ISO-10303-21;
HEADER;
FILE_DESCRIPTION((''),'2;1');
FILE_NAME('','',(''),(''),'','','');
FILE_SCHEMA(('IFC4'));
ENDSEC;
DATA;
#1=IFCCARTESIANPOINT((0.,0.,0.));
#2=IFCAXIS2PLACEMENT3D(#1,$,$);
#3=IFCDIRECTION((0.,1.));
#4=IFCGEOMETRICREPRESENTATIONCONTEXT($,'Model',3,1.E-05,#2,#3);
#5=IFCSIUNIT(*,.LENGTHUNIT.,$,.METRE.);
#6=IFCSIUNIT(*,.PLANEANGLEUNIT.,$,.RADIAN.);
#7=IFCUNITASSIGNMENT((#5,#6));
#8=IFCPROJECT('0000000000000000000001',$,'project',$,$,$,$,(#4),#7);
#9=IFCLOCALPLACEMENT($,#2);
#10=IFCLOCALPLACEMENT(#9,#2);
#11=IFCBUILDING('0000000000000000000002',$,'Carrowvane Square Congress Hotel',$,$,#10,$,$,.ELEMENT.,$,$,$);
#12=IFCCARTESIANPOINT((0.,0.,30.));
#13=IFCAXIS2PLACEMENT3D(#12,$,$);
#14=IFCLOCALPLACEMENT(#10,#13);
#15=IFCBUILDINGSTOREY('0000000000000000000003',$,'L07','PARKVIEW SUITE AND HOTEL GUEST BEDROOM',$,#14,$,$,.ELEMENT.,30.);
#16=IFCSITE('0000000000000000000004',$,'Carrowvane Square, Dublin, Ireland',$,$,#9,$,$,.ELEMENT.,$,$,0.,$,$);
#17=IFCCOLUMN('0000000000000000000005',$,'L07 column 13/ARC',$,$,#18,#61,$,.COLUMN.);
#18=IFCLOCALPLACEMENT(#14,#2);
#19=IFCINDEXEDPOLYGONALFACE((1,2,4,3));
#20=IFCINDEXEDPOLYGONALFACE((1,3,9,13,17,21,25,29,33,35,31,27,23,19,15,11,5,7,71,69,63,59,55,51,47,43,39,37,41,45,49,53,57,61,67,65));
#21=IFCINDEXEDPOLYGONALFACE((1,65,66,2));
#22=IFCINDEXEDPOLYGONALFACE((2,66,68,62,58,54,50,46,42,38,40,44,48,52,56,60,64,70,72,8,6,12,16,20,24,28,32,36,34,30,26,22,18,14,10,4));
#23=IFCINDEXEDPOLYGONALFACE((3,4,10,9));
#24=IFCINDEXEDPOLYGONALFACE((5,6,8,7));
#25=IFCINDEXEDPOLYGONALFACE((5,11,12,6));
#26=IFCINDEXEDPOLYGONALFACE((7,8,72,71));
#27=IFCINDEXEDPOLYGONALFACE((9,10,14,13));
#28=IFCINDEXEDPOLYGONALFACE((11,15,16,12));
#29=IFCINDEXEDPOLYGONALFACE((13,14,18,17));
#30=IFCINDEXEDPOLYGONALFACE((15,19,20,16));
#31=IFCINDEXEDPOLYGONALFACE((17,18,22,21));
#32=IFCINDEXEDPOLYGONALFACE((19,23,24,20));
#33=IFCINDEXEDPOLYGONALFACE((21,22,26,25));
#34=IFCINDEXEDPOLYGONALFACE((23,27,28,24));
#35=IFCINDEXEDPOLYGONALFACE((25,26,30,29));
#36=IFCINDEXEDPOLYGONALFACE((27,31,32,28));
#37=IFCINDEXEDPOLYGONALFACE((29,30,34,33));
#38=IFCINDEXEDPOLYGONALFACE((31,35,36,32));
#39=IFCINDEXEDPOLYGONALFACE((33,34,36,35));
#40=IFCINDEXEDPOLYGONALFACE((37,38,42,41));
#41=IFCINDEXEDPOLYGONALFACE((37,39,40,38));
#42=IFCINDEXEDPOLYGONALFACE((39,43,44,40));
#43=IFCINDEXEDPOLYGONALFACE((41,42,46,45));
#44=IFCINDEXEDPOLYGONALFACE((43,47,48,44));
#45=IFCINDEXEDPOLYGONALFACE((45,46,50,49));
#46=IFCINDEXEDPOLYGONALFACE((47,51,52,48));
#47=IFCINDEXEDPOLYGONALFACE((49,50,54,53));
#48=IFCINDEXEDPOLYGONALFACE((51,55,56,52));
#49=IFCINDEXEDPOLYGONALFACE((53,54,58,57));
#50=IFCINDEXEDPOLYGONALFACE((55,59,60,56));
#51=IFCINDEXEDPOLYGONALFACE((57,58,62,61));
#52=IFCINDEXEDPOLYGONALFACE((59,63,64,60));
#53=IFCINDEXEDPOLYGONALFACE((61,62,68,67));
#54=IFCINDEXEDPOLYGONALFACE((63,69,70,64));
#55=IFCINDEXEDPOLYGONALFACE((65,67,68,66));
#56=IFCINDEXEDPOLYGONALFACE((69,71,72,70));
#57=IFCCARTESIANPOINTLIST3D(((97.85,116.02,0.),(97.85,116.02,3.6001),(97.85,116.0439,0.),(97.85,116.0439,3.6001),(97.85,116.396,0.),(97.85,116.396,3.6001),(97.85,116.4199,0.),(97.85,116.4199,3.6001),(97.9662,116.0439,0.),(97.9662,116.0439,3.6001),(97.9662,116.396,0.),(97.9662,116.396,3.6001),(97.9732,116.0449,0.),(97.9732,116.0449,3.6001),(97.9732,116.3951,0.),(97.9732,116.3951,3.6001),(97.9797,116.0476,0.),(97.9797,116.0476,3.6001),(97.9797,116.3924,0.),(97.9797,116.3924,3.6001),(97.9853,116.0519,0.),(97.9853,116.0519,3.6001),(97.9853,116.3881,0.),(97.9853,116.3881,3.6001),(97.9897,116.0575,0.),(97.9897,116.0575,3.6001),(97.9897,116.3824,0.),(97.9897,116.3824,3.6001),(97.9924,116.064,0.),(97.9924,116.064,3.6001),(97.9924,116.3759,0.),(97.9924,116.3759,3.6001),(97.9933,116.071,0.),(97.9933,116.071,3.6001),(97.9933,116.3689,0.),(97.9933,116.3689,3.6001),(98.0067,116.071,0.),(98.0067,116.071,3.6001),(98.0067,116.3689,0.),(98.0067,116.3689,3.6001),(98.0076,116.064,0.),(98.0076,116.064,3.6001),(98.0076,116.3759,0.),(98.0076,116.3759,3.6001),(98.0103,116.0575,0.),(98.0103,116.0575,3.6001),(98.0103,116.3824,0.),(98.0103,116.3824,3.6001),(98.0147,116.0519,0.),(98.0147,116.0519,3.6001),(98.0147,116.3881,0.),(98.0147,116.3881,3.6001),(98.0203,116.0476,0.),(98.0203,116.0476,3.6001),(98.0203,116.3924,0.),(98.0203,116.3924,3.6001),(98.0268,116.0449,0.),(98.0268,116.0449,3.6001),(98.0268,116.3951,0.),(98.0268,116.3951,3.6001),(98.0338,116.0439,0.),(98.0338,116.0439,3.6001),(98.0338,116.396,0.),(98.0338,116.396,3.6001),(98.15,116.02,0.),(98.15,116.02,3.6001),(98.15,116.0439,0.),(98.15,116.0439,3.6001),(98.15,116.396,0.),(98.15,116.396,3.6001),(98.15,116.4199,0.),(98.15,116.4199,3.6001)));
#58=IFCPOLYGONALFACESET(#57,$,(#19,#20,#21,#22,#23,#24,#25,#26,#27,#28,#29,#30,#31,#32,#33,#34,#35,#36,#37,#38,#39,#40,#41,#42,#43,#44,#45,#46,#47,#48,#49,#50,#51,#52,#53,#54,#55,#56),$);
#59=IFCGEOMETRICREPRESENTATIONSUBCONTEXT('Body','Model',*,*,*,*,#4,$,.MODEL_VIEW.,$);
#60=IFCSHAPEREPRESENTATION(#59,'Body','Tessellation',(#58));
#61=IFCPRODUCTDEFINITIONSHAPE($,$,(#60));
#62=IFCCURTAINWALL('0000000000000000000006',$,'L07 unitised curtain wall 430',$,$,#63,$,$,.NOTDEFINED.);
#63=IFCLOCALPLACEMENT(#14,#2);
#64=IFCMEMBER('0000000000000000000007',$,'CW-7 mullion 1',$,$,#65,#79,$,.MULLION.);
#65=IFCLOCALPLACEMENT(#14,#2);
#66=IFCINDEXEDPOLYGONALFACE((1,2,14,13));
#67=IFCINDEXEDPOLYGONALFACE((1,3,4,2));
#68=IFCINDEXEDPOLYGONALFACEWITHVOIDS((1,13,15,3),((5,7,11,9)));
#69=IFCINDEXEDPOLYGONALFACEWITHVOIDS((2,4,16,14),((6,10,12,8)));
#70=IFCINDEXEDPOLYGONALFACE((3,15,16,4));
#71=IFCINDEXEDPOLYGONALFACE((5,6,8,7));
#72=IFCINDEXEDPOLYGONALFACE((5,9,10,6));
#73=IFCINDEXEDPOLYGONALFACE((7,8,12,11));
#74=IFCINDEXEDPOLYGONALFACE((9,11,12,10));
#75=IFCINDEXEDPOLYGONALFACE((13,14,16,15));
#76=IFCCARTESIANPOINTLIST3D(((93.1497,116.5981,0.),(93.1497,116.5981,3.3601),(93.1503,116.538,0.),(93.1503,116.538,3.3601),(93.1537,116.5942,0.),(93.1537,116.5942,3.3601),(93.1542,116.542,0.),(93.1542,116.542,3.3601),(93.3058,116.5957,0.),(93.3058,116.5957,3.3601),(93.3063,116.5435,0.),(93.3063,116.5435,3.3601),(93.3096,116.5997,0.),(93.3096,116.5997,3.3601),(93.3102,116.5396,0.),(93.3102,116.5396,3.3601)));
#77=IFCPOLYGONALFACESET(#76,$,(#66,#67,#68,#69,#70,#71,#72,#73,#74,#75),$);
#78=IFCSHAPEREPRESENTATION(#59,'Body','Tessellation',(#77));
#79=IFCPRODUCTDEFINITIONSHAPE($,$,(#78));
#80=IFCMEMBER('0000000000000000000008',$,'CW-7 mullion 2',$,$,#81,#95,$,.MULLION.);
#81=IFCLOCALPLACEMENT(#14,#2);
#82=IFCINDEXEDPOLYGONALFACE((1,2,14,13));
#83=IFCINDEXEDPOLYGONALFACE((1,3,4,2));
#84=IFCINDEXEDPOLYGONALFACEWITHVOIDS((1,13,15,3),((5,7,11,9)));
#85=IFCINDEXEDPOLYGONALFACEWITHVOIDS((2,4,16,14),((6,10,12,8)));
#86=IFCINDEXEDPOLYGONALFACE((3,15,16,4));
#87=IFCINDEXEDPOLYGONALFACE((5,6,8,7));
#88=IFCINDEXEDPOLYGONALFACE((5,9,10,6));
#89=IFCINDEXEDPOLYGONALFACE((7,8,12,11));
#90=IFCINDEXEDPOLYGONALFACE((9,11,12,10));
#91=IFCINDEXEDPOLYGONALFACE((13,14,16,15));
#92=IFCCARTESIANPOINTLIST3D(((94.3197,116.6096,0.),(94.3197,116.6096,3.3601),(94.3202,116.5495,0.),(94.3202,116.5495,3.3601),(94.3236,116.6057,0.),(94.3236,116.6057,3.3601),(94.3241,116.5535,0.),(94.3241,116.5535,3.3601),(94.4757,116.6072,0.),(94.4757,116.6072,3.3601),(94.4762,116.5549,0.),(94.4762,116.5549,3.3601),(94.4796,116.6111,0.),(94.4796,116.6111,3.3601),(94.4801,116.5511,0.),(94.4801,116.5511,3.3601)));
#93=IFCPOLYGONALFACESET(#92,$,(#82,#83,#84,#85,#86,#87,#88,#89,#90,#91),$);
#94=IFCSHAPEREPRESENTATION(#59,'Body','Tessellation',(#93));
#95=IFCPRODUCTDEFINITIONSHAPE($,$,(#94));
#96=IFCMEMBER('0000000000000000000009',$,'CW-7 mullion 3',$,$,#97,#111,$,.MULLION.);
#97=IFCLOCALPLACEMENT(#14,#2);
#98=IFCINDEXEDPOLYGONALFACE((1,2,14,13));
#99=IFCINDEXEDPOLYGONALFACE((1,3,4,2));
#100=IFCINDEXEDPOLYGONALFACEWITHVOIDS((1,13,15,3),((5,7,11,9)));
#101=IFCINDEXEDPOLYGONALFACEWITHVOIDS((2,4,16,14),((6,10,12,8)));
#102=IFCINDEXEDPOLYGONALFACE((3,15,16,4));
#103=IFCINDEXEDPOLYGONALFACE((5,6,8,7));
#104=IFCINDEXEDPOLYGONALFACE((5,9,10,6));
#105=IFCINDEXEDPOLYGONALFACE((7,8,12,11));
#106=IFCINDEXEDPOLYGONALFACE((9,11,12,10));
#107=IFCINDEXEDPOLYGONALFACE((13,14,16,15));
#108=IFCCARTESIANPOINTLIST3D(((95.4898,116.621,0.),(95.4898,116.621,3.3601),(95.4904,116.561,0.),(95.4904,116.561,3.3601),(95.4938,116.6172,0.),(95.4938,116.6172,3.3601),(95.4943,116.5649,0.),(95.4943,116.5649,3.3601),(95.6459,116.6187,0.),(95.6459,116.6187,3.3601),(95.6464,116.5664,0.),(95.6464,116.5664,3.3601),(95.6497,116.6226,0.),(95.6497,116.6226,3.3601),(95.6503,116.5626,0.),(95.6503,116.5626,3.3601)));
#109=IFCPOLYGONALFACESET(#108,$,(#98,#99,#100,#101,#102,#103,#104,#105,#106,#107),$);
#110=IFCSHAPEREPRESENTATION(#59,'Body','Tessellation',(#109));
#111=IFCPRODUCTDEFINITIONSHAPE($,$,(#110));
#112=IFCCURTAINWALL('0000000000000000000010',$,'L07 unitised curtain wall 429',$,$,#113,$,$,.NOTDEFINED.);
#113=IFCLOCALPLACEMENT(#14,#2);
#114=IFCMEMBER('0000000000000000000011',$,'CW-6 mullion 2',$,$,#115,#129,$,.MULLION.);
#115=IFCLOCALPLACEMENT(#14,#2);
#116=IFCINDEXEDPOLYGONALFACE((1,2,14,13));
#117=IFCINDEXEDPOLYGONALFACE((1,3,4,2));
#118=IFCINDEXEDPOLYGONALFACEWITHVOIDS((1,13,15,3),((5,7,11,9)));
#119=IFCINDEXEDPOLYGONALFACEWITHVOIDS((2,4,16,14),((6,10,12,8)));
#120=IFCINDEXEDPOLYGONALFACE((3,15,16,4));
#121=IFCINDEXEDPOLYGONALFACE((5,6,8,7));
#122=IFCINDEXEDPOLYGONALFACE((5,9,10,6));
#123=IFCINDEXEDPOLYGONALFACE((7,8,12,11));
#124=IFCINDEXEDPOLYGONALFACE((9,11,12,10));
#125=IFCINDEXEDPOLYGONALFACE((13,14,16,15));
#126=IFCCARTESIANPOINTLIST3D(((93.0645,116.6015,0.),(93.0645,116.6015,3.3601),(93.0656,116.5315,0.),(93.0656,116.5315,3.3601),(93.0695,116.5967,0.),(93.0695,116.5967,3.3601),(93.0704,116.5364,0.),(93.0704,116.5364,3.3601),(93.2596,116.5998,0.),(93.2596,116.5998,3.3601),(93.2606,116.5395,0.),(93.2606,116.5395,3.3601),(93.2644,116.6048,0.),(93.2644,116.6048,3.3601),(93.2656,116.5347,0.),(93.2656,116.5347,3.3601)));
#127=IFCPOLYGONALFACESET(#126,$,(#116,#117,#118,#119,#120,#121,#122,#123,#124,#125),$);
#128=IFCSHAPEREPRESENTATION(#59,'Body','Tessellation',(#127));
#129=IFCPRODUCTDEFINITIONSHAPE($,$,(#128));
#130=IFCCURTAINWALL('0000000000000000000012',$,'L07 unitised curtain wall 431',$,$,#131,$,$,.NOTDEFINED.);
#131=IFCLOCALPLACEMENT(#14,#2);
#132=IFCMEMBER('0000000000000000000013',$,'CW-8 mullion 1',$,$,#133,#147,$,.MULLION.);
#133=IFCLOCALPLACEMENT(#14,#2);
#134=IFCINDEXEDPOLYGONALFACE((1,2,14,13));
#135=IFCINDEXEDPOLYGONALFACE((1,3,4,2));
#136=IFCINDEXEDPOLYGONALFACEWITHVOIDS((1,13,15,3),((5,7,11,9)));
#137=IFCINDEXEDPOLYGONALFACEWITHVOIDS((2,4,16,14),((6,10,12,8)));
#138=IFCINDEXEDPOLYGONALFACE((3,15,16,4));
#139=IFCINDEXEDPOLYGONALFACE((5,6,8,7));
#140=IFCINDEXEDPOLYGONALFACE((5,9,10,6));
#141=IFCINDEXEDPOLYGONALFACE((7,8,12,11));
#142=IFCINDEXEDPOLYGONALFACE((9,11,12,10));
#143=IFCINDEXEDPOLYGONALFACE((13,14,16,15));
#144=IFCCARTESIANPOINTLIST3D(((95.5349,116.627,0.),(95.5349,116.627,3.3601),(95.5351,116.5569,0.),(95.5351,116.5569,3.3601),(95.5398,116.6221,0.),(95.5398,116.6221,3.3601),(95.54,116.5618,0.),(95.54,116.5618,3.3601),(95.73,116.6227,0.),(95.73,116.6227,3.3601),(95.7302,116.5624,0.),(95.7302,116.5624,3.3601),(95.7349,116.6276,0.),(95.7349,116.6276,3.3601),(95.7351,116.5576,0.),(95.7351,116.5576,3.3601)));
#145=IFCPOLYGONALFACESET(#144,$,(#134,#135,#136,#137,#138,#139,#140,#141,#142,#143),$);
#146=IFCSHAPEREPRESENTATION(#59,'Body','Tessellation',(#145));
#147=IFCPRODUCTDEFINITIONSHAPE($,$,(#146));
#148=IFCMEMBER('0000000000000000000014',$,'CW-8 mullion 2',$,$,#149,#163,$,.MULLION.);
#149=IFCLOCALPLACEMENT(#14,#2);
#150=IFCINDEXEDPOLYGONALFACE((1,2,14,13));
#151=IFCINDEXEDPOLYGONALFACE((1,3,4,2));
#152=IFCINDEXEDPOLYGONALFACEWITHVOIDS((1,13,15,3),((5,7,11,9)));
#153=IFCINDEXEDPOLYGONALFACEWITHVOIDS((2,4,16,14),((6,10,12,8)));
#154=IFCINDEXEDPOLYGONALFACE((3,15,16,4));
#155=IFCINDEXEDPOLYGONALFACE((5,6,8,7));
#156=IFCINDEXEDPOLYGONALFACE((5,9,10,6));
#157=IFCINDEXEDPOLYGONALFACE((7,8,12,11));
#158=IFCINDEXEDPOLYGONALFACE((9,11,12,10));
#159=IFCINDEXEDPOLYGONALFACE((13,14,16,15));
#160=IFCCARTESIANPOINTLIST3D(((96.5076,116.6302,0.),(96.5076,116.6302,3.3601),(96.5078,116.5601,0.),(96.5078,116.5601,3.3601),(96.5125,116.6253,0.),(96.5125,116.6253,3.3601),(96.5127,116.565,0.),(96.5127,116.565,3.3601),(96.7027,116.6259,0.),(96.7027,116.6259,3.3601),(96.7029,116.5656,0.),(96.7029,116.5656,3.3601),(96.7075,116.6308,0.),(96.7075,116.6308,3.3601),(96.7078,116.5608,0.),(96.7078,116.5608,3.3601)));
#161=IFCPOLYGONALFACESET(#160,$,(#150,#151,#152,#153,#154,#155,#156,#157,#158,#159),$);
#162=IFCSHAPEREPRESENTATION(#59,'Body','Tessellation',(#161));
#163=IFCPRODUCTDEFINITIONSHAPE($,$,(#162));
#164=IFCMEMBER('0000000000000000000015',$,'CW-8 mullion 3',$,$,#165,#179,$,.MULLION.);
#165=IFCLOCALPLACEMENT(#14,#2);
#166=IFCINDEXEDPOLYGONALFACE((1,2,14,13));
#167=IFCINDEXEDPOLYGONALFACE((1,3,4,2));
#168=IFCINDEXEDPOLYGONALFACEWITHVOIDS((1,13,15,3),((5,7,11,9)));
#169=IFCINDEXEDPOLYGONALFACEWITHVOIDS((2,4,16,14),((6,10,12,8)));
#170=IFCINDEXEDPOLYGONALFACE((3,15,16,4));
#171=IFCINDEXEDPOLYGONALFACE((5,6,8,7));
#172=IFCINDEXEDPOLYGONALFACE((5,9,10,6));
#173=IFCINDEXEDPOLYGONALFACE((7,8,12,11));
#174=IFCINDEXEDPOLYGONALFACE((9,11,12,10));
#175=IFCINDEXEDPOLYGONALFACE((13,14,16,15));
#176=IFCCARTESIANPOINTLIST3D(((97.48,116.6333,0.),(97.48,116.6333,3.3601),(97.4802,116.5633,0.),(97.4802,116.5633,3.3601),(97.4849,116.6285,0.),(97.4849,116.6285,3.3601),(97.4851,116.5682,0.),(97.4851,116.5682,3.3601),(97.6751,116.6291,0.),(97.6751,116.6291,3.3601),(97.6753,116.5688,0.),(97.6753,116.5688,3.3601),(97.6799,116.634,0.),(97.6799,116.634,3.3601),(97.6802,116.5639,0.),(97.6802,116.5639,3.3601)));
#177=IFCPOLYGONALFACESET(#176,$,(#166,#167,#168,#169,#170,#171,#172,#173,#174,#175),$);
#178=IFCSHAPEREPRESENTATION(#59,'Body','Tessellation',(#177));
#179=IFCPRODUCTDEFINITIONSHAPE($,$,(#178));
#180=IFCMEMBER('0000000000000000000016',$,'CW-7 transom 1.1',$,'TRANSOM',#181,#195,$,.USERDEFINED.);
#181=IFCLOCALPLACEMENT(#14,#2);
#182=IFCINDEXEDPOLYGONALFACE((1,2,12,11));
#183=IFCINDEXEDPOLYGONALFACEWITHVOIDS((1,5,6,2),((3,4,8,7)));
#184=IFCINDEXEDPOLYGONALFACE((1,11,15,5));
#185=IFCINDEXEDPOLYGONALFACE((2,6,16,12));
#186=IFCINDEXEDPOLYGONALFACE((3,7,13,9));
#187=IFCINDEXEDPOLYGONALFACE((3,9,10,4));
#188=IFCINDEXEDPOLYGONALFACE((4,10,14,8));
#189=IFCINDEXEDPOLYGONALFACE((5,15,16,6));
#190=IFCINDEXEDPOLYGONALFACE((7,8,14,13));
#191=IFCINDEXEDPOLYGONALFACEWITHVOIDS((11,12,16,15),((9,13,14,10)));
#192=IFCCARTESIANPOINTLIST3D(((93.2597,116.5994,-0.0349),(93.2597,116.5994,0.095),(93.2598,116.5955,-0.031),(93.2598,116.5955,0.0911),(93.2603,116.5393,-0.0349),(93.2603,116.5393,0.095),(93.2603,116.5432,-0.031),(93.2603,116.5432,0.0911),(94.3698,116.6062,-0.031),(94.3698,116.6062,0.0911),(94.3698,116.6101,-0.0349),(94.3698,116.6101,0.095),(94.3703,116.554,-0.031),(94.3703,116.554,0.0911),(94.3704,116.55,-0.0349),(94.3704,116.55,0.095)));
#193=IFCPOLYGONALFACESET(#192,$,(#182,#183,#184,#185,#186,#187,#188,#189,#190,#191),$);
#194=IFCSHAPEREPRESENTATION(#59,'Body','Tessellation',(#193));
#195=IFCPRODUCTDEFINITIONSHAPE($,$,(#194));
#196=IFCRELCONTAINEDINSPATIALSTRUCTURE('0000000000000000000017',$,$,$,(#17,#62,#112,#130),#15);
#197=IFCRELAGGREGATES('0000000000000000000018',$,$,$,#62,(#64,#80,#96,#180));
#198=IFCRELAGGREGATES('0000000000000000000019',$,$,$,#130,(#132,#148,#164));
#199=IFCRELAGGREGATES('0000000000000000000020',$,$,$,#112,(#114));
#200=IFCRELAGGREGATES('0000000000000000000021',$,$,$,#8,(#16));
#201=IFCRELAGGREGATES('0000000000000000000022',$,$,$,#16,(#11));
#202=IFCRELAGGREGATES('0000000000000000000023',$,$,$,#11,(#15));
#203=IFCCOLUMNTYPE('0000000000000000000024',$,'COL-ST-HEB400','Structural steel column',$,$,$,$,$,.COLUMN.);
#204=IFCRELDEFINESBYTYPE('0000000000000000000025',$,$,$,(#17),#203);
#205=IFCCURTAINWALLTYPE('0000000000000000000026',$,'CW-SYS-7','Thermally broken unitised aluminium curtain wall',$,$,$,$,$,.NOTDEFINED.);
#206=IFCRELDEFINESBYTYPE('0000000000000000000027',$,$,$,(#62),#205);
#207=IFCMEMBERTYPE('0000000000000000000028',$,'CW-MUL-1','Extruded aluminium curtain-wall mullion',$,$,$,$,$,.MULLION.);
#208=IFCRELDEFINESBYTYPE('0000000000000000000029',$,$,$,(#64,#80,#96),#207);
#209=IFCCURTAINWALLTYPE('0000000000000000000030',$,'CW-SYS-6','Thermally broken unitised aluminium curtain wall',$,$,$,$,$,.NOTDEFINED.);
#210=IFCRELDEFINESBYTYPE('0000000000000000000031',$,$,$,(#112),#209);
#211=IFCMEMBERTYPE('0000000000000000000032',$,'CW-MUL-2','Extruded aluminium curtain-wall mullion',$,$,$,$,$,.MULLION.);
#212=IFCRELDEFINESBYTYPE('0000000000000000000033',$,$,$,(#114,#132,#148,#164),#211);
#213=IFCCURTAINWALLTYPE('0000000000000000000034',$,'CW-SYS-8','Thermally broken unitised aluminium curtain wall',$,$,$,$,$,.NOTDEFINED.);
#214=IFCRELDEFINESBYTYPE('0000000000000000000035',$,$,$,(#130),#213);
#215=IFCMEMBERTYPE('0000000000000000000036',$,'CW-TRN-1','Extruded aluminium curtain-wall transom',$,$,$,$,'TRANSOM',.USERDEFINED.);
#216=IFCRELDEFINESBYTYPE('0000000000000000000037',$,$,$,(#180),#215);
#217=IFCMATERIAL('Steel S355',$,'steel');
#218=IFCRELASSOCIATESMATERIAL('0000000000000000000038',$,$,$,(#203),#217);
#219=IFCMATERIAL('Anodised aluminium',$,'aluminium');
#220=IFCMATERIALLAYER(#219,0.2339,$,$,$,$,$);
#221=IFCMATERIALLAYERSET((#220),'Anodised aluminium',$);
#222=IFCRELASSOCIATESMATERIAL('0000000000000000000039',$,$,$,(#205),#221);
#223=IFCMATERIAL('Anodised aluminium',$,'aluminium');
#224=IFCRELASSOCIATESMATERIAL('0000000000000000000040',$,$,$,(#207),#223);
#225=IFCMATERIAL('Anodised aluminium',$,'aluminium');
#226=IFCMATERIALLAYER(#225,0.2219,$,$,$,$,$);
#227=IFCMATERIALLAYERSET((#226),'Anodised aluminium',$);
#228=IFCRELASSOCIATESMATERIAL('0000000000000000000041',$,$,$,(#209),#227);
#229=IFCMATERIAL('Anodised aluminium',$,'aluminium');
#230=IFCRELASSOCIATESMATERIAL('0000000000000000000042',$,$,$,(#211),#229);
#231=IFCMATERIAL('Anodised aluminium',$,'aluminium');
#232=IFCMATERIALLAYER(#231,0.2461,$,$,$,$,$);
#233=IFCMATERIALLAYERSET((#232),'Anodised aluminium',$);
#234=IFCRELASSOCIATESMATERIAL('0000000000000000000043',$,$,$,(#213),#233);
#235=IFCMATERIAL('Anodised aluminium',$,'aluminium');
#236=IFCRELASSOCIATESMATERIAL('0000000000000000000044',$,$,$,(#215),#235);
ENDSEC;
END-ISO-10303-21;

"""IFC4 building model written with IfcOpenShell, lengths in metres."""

from ifc_helpers import new_model, si_unit, direction, frame, origin, origin_2d, place, context, subcontext, project, spatial, hollow_rectangle, i_section, extrude, material, layer, layer_set, material_profile, profile_set, type_object, element, aggregate, save


model = new_model("IFC4")

# Units and contexts
model_context = context("Model", 3, precision=1e-05, world=origin(), true_north=direction((0.0, 1.0)))
body_context = subcontext(model_context, "Body", "Model", "MODEL_VIEW")
ifc_project = project(units=[si_unit("LENGTHUNIT", "METRE"), si_unit("PLANEANGLEUNIT", "RADIAN")], contexts=[model_context])

# Site, building, storey
site_placement = place(None, origin())
site = spatial("IfcSite", under=ifc_project, at=site_placement, Name="Carrowvane Square, Dublin, Ireland", CompositionType="ELEMENT", RefElevation=0.0)
building_placement = place(site_placement, origin())
building = spatial("IfcBuilding", under=site, at=building_placement, Name="Carrowvane Square Congress Hotel", CompositionType="ELEMENT")
storey_placement = place(building_placement, frame((0.0, 0.0, 30.0)))
storey = spatial("IfcBuildingStorey", under=building, at=storey_placement, Name="L07", Description="PARKVIEW SUITE AND HOTEL GUEST BEDROOM", CompositionType="ELEMENT", Elevation=30.0)

# Column
ifc_material_1 = material(Name="Steel S355", Category="steel")
ifc_material_profile_1 = material_profile(ifc_material_1, i_section(OverallWidth=0.3, OverallDepth=0.3999, WebThickness=0.0134, FlangeThickness=0.0239, FilletRadius=0.0271, at=origin_2d()), Name="HEB 400")
ifc_profile_set_1 = profile_set([ifc_material_profile_1], Name="Steel S355")
column_type = type_object("IfcColumnType", Name="COL-ST-HEB400", Description="Structural steel column", PredefinedType="COLUMN", material=ifc_profile_set_1)
column_placement = place(storey_placement, frame((98.0, 116.22, 0.0), z_axis=(0.0, 0.0, 1.0), x_axis=(1.0, 0.0, 0.0)))
element("IfcColumn", 1, at=column_placement, inside=storey, type_object=column_type, Name="L07 column 13/ARC", PredefinedType="COLUMN", context=body_context, shape_type="SweptSolid", body=[
    extrude(i_section(OverallWidth=0.3, OverallDepth=0.3999, WebThickness=0.0134, FlangeThickness=0.0239, FilletRadius=0.0271, at=origin_2d()), origin(), (0.0, 0.0, 1.0), 3.6001),
])

# Curtain wall, members
ifc_material_2 = material(Name="Anodised aluminium", Category="aluminium")
ifc_layer_1 = layer(ifc_material_2, 0.2339)
ifc_layer_set_1 = layer_set([ifc_layer_1], Name="Anodised aluminium")
curtain_wall_type_1 = type_object("IfcCurtainWallType", Name="CW-SYS-7", Description="Thermally broken unitised aluminium curtain wall", PredefinedType="NOTDEFINED", material=ifc_layer_set_1)
curtain_wall_1_placement = place(storey_placement, origin())
curtain_wall_1 = element("IfcCurtainWall", 2, at=curtain_wall_1_placement, inside=storey, type_object=curtain_wall_type_1, Name="L07 unitised curtain wall 430", PredefinedType="NOTDEFINED")
ifc_material_3 = material(Name="Anodised aluminium", Category="aluminium")
ifc_material_profile_2 = material_profile(ifc_material_3, hollow_rectangle(XDim=0.0601, YDim=0.1599, WallThickness=0.0039, at=origin_2d()), Name="CW-ML 60x160x4")
ifc_profile_set_2 = profile_set([ifc_material_profile_2], Name="Anodised aluminium")
member_type_1 = type_object("IfcMemberType", Name="CW-MUL-1", Description="Extruded aluminium curtain-wall mullion", PredefinedType="MULLION", material=ifc_profile_set_2)
member_1_placement = place(storey_placement, frame((93.23, 116.5688, 0.0), z_axis=(0.0, 0.0, 1.0), x_axis=(-0.009783, 0.999952, 0.0)))
member_1 = element("IfcMember", 3, at=member_1_placement, type_object=member_type_1, Name="CW-7 mullion 1", PredefinedType="MULLION", context=body_context, shape_type="SweptSolid", body=[
    extrude(hollow_rectangle(XDim=0.0601, YDim=0.1599, WallThickness=0.0039, at=origin_2d()), origin(), (0.0, 0.0, 1.0), 3.3601),
])
member_2_placement = place(storey_placement, frame((94.3999, 116.5803, 0.0), z_axis=(0.0, 0.0, 1.0), x_axis=(-0.009783, 0.999952, 0.0)))
member_2 = element("IfcMember", 4, at=member_2_placement, type_object=member_type_1, Name="CW-7 mullion 2", PredefinedType="MULLION", context=body_context, shape_type="SweptSolid", body=[
    extrude(hollow_rectangle(XDim=0.0601, YDim=0.1599, WallThickness=0.0039, at=origin_2d()), origin(), (0.0, 0.0, 1.0), 3.3601),
])
member_3_placement = place(storey_placement, frame((95.5701, 116.5918, 0.0), z_axis=(0.0, 0.0, 1.0), x_axis=(-0.009783, 0.999952, 0.0)))
member_3 = element("IfcMember", 5, at=member_3_placement, type_object=member_type_1, Name="CW-7 mullion 3", PredefinedType="MULLION", context=body_context, shape_type="SweptSolid", body=[
    extrude(hollow_rectangle(XDim=0.0601, YDim=0.1599, WallThickness=0.0039, at=origin_2d()), origin(), (0.0, 0.0, 1.0), 3.3601),
])

# Curtain wall, member
ifc_material_4 = material(Name="Anodised aluminium", Category="aluminium")
ifc_layer_2 = layer(ifc_material_4, 0.2219)
ifc_layer_set_2 = layer_set([ifc_layer_2], Name="Anodised aluminium")
curtain_wall_type_2 = type_object("IfcCurtainWallType", Name="CW-SYS-6", Description="Thermally broken unitised aluminium curtain wall", PredefinedType="NOTDEFINED", material=ifc_layer_set_2)
curtain_wall_2_placement = place(storey_placement, origin())
curtain_wall_2 = element("IfcCurtainWall", 6, at=curtain_wall_2_placement, inside=storey, type_object=curtain_wall_type_2, Name="L07 unitised curtain wall 429", PredefinedType="NOTDEFINED")
ifc_material_5 = material(Name="Anodised aluminium", Category="aluminium")
ifc_material_profile_3 = material_profile(ifc_material_5, hollow_rectangle(XDim=0.0701, YDim=0.2, WallThickness=0.0049, at=origin_2d()), Name="CW-ML 70x200x5")
ifc_profile_set_3 = profile_set([ifc_material_profile_3], Name="Anodised aluminium")
member_type_2 = type_object("IfcMemberType", Name="CW-MUL-2", Description="Extruded aluminium curtain-wall mullion", PredefinedType="MULLION", material=ifc_profile_set_3)
member_4_placement = place(storey_placement, frame((93.165, 116.5681, 0.0), z_axis=(0.0, 0.0, 1.0), x_axis=(-0.016216, 0.999869, 0.0)))
member_4 = element("IfcMember", 7, at=member_4_placement, type_object=member_type_2, Name="CW-6 mullion 2", PredefinedType="MULLION", context=body_context, shape_type="SweptSolid", body=[
    extrude(hollow_rectangle(XDim=0.0701, YDim=0.2, WallThickness=0.0049, at=origin_2d()), origin(), (0.0, 0.0, 1.0), 3.3601),
])

# Curtain wall, members
ifc_material_6 = material(Name="Anodised aluminium", Category="aluminium")
ifc_layer_3 = layer(ifc_material_6, 0.2461)
ifc_layer_set_3 = layer_set([ifc_layer_3], Name="Anodised aluminium")
curtain_wall_type_3 = type_object("IfcCurtainWallType", Name="CW-SYS-8", Description="Thermally broken unitised aluminium curtain wall", PredefinedType="NOTDEFINED", material=ifc_layer_set_3)
curtain_wall_3_placement = place(storey_placement, origin())
curtain_wall_3 = element("IfcCurtainWall", 8, at=curtain_wall_3_placement, inside=storey, type_object=curtain_wall_type_3, Name="L07 unitised curtain wall 431", PredefinedType="NOTDEFINED")
member_5_placement = place(storey_placement, frame((95.635, 116.5923, 0.0), z_axis=(0.0, 0.0, 1.0), x_axis=(-0.00327, 0.999995, 0.0)))
member_5 = element("IfcMember", 9, at=member_5_placement, type_object=member_type_2, Name="CW-8 mullion 1", PredefinedType="MULLION", context=body_context, shape_type="SweptSolid", body=[
    extrude(hollow_rectangle(XDim=0.0701, YDim=0.2, WallThickness=0.0049, at=origin_2d()), origin(), (0.0, 0.0, 1.0), 3.3601),
])
member_6_placement = place(storey_placement, frame((96.6077, 116.5955, 0.0), z_axis=(0.0, 0.0, 1.0), x_axis=(-0.00327, 0.999995, 0.0)))
member_6 = element("IfcMember", 10, at=member_6_placement, type_object=member_type_2, Name="CW-8 mullion 2", PredefinedType="MULLION", context=body_context, shape_type="SweptSolid", body=[
    extrude(hollow_rectangle(XDim=0.0701, YDim=0.2, WallThickness=0.0049, at=origin_2d()), origin(), (0.0, 0.0, 1.0), 3.3601),
])
member_7_placement = place(storey_placement, frame((97.5801, 116.5986, 0.0), z_axis=(0.0, 0.0, 1.0), x_axis=(-0.00327, 0.999995, 0.0)))
member_7 = element("IfcMember", 11, at=member_7_placement, type_object=member_type_2, Name="CW-8 mullion 3", PredefinedType="MULLION", context=body_context, shape_type="SweptSolid", body=[
    extrude(hollow_rectangle(XDim=0.0701, YDim=0.2, WallThickness=0.0049, at=origin_2d()), origin(), (0.0, 0.0, 1.0), 3.3601),
])

# Member
ifc_material_7 = material(Name="Anodised aluminium", Category="aluminium")
ifc_material_profile_4 = material_profile(ifc_material_7, hollow_rectangle(XDim=0.0601, YDim=0.1299, WallThickness=0.0039, at=origin_2d()), Name="CW-TR 60x130x4")
ifc_profile_set_4 = profile_set([ifc_material_profile_4], Name="Anodised aluminium")
member_type_3 = type_object("IfcMemberType", Name="CW-TRN-1", Description="Extruded aluminium curtain-wall transom", ElementType="TRANSOM", PredefinedType="USERDEFINED", material=ifc_profile_set_4)
member_8_placement = place(storey_placement, frame((93.26, 116.5693, 0.03), z_axis=(0.999953, 0.009676, 0.0), x_axis=(-0.009676, 0.999953, 0.0)))
member_8 = element("IfcMember", 12, at=member_8_placement, type_object=member_type_3, Name="CW-7 transom 1.1", ObjectType="TRANSOM", PredefinedType="USERDEFINED", context=body_context, shape_type="SweptSolid", body=[
    extrude(hollow_rectangle(XDim=0.0601, YDim=0.1299, WallThickness=0.0039, at=origin_2d()), origin(), (0.0, 0.0, 1.0), 1.1101),
])

aggregate(curtain_wall_1, [member_1, member_2, member_3, member_8])
aggregate(curtain_wall_3, [member_5, member_6, member_7])
aggregate(curtain_wall_2, [member_4])

save(model, "model.ifc")
